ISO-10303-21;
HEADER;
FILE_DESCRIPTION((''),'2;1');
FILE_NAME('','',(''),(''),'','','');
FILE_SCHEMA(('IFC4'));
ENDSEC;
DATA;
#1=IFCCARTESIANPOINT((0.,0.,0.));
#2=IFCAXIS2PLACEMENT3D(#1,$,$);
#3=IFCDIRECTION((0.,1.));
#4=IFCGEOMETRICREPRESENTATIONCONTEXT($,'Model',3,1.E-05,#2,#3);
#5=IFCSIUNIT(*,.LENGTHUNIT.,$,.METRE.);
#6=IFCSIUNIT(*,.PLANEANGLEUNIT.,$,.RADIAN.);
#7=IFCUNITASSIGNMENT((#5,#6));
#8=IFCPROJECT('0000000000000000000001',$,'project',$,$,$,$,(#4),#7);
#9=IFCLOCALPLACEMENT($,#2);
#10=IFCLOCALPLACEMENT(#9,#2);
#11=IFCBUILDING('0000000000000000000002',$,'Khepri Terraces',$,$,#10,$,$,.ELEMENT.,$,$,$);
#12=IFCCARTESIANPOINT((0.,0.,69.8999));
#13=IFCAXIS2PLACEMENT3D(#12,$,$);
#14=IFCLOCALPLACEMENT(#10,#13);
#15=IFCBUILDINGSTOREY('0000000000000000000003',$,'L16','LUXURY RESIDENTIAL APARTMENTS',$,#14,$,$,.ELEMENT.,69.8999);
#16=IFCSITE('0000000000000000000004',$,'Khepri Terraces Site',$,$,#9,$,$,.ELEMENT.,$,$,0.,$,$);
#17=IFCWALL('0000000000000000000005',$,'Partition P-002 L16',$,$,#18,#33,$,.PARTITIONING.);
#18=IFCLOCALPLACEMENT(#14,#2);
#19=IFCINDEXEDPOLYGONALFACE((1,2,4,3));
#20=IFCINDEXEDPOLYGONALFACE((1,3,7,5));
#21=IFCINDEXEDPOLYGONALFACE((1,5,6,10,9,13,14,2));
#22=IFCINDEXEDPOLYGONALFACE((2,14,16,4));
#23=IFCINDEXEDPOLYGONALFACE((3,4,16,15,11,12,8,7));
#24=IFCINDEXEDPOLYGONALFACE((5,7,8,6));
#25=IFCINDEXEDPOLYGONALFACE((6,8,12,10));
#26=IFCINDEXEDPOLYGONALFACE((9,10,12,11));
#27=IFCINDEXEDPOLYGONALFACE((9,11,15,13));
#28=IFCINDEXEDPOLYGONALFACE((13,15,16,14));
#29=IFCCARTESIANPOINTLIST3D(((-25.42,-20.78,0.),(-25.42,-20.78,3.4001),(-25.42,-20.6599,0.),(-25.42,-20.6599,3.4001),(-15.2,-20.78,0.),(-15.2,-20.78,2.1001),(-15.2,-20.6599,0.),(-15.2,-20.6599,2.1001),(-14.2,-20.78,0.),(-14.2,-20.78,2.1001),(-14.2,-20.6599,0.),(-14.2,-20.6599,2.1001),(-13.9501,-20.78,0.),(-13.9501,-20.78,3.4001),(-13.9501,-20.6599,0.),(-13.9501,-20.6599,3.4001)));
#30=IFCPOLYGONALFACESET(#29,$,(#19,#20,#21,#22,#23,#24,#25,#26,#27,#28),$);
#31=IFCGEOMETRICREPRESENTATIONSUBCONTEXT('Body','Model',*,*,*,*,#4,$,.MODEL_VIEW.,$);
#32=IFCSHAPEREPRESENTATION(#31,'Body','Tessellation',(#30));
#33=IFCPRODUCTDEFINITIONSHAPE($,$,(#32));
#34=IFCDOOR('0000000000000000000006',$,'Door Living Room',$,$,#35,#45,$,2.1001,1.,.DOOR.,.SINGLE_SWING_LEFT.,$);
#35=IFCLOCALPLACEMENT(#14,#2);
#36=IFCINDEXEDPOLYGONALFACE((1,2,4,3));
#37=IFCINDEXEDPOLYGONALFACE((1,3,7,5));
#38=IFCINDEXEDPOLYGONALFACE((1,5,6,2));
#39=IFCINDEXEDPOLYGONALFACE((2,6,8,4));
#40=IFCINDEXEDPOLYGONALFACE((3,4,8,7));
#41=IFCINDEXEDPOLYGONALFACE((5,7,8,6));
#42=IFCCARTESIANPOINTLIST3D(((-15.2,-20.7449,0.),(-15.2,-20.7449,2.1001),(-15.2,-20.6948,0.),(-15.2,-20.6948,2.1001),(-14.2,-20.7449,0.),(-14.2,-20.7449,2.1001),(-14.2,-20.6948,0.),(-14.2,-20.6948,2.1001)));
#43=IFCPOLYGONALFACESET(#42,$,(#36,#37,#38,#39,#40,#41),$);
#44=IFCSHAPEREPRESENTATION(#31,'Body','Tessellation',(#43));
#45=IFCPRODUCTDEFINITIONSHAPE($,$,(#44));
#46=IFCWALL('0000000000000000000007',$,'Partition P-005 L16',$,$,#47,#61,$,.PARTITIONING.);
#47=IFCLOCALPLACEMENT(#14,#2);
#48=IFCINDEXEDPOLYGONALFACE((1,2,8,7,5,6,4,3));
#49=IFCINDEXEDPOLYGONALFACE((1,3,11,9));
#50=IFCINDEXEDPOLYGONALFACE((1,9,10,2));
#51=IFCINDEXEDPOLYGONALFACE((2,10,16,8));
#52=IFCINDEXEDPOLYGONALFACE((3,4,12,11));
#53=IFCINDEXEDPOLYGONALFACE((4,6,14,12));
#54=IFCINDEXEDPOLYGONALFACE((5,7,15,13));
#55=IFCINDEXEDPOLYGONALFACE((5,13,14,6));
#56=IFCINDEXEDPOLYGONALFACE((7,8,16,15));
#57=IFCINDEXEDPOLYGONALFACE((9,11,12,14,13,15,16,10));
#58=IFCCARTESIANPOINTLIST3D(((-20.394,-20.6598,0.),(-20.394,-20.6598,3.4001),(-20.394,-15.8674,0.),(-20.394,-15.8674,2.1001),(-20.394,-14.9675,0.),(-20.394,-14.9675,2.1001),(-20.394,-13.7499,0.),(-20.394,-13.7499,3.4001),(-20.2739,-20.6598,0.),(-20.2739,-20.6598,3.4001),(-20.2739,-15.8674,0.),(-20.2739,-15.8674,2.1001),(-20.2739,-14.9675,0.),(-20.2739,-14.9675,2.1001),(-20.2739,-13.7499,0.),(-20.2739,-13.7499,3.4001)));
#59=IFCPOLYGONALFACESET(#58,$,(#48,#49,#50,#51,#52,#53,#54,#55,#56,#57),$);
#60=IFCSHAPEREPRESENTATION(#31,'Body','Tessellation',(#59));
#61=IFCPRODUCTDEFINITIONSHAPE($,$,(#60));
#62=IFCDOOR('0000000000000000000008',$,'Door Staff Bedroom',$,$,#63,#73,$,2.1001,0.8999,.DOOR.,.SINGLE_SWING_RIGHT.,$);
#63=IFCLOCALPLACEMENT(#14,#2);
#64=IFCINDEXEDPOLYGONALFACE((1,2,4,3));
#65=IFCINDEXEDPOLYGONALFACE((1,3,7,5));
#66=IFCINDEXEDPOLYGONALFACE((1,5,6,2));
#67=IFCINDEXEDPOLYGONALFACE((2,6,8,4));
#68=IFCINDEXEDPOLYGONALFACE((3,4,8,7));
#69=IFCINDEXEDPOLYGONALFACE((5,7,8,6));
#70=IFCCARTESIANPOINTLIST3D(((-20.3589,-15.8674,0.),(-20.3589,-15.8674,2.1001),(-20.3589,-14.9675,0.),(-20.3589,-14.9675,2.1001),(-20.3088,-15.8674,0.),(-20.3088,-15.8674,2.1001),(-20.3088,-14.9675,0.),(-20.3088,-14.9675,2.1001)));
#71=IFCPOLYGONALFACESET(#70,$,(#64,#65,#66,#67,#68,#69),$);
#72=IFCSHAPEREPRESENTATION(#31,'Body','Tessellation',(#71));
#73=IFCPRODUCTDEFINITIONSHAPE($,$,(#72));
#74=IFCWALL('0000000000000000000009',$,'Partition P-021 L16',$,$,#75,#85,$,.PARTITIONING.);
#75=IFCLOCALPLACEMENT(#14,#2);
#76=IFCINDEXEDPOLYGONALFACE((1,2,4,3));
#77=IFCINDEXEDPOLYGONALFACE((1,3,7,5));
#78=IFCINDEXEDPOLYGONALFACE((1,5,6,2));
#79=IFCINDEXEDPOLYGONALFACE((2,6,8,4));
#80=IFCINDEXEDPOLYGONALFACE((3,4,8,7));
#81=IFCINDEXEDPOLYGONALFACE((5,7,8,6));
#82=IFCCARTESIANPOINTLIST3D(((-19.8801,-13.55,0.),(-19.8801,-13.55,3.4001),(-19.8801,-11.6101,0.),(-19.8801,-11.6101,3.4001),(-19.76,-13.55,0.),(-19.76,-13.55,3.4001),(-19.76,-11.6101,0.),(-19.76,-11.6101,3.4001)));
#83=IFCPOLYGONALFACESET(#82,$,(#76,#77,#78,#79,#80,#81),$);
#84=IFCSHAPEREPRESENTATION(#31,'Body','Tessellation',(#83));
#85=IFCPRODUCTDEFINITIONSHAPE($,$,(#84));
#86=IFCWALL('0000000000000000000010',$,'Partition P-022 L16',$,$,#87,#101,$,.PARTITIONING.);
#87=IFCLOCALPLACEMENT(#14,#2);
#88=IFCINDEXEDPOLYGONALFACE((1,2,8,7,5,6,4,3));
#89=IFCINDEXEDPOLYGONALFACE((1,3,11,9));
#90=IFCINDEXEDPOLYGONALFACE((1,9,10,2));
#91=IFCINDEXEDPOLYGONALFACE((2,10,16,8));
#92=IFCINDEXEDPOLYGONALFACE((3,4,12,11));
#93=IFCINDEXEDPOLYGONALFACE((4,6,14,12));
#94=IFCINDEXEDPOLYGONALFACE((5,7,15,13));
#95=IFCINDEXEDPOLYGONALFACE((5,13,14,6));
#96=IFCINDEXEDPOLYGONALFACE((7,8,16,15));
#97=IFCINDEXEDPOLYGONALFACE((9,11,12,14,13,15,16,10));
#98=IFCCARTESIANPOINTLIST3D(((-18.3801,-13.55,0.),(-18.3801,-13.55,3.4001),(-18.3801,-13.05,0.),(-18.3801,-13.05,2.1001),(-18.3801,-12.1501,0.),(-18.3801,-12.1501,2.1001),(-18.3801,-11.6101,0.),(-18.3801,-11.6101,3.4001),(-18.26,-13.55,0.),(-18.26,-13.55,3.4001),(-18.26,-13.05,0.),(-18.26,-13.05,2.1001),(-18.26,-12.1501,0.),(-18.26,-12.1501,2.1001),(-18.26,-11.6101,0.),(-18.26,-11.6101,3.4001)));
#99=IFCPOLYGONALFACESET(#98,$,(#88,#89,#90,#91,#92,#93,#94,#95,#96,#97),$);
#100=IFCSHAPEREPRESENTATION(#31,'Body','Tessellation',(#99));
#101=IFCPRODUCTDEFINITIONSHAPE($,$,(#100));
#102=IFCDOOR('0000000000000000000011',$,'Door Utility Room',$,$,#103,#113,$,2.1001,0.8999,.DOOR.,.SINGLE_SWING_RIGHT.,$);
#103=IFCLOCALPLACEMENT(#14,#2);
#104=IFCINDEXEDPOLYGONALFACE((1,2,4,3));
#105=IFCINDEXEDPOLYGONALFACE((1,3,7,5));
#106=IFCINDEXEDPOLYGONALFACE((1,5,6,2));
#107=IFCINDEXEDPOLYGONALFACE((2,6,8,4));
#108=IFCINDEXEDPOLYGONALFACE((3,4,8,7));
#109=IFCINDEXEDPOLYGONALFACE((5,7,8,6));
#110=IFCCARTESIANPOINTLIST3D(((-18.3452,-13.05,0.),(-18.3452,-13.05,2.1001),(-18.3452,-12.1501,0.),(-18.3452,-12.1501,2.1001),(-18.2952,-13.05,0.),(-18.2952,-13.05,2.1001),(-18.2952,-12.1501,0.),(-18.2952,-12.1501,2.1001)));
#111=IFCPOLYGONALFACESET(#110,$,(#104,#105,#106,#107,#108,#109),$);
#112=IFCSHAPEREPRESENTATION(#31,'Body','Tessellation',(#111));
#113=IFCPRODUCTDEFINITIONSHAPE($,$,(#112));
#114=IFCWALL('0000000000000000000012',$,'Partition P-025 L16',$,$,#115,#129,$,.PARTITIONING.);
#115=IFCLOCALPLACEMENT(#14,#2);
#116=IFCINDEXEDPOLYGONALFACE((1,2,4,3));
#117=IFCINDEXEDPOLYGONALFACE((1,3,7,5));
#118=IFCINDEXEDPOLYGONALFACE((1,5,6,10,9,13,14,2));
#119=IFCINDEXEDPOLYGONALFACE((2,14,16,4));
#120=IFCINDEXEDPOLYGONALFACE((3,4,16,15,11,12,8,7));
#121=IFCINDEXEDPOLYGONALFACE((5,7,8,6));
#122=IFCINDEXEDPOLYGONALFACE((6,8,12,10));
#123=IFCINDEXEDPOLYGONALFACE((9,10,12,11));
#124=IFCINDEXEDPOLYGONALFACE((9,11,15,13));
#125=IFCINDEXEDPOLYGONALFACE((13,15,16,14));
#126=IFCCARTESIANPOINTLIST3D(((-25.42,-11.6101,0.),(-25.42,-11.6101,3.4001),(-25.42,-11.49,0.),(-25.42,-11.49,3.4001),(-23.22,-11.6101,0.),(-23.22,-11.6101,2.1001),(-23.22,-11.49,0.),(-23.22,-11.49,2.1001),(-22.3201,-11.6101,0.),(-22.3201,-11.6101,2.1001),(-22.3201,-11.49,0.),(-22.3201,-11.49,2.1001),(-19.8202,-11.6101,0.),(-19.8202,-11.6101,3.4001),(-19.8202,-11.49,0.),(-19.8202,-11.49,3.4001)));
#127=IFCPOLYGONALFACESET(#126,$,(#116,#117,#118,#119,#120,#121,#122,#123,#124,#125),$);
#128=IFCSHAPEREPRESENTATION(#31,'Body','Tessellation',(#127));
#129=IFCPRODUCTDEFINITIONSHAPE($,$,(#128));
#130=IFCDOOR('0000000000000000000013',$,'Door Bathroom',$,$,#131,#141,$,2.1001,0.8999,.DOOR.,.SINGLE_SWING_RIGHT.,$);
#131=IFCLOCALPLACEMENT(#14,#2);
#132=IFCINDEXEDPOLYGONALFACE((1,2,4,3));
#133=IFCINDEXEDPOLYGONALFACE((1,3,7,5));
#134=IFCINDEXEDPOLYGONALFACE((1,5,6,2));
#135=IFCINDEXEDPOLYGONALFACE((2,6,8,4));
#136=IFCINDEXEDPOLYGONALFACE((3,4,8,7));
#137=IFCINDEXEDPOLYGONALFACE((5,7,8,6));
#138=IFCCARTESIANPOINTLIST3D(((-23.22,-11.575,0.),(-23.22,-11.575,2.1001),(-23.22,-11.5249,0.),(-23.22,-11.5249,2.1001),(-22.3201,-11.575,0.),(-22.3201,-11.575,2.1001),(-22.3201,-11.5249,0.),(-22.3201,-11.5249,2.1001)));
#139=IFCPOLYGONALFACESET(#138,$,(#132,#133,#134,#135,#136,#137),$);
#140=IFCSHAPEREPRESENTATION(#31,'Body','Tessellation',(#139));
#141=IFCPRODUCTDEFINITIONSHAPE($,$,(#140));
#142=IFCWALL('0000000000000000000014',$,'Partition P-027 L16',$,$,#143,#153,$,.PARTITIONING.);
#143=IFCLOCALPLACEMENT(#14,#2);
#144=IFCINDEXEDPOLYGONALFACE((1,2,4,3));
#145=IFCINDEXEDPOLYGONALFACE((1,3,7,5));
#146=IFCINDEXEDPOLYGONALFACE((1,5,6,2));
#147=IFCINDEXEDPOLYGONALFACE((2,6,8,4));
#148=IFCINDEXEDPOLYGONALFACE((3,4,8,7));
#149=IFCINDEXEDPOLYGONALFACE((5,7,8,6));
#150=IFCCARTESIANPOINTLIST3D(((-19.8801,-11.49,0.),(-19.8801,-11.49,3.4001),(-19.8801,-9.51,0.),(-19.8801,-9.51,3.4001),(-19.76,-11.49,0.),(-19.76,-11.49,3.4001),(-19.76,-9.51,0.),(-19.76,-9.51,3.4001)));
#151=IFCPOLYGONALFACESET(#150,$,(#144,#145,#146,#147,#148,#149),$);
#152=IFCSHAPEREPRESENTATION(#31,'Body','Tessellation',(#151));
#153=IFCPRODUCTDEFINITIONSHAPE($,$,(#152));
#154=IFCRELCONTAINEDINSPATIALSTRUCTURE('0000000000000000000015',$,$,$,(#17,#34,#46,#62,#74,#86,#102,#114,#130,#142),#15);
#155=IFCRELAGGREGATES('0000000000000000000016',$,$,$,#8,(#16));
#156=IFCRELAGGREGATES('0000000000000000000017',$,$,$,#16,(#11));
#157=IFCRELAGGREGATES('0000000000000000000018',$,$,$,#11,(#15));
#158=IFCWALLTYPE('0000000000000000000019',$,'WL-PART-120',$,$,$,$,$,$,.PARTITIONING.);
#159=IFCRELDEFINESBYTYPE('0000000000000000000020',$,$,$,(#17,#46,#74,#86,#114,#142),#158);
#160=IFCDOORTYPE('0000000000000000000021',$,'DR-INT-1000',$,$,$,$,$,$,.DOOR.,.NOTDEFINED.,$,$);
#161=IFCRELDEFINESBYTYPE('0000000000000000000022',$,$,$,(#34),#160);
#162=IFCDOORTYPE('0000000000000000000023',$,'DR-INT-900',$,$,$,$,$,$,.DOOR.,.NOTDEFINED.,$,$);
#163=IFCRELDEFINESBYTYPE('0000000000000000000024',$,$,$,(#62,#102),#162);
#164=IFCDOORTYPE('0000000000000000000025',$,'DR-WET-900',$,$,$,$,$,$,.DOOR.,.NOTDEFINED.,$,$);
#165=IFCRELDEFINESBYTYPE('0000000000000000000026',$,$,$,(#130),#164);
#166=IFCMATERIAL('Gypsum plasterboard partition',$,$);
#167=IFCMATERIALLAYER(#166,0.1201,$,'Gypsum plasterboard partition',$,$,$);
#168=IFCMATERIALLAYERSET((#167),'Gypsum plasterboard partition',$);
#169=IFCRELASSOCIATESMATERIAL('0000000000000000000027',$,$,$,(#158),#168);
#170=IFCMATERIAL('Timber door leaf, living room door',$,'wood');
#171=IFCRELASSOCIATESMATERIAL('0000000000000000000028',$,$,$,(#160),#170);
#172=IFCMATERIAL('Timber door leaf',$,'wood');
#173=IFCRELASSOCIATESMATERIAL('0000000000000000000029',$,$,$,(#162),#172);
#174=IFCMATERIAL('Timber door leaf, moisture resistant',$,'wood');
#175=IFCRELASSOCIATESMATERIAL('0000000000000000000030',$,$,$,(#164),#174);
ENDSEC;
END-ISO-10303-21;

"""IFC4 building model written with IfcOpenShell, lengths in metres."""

from ifc_helpers import new_model, si_unit, direction, frame, frame_2d, origin, place, context, subcontext, project, spatial, rectangle, extrude, material, layer, layer_set, type_object, element, fill, save


model = new_model("IFC4")

# Units and contexts
model_context = context("Model", 3, precision=1e-05, world=origin(), true_north=direction((0.0, 1.0)))
body_context = subcontext(model_context, "Body", "Model", "MODEL_VIEW")
ifc_project = project(units=[si_unit("LENGTHUNIT", "METRE"), si_unit("PLANEANGLEUNIT", "RADIAN")], contexts=[model_context])

# Site, building, storey
site_placement = place(None, origin())
site = spatial("IfcSite", under=ifc_project, at=site_placement, Name="Khepri Terraces Site", CompositionType="ELEMENT", RefElevation=0.0)
building_placement = place(site_placement, origin())
building = spatial("IfcBuilding", under=site, at=building_placement, Name="Khepri Terraces", CompositionType="ELEMENT")
storey_placement = place(building_placement, frame((0.0, 0.0, 69.8999)))
storey = spatial("IfcBuildingStorey", under=building, at=storey_placement, Name="L16", Description="LUXURY RESIDENTIAL APARTMENTS", CompositionType="ELEMENT", Elevation=69.8999)

# Walls, openings, doors
ifc_material_1 = material(Name="Gypsum plasterboard partition")
ifc_layer_1 = layer(ifc_material_1, 0.1201, Name="Gypsum plasterboard partition")
ifc_layer_set_1 = layer_set([ifc_layer_1], Name="Gypsum plasterboard partition")
wall_type_1 = type_object("IfcWallType", Name="WL-PART-120", PredefinedType="PARTITIONING", material=ifc_layer_set_1)
wall_1_placement = place(storey_placement, frame((-25.4199, -20.72, 0.0), z_axis=(0.0, 0.0, 1.0), x_axis=(1.0, 0.0, 0.0)))
wall_1 = element("IfcWall", 1, at=wall_1_placement, inside=storey, type_object=wall_type_1, Name="Partition P-002 L16", PredefinedType="PARTITIONING", context=body_context, shape_type="SweptSolid", body=[
    extrude(rectangle(XDim=11.47, YDim=0.1201, at=frame_2d((5.7349, 0.0))), origin(), (0.0, 0.0, 1.0), 3.4001),
])
opening_1_placement = place(wall_1_placement, frame((10.22, 0.0, 0.0)))
opening_1 = element("IfcOpeningElement", 2, at=opening_1_placement, cuts=wall_1, PredefinedType="OPENING", context=body_context, shape_type="SweptSolid", body=[
    extrude(rectangle(XDim=1.0, YDim=2.1001, at=frame_2d((0.5, 1.05))), frame((0.0, 0.0701, 0.0), z_axis=(0.0, -1.0, 0.0), x_axis=(1.0, 0.0, 0.0)), (0.0, 0.0, 1.0), 0.1401),
])
ifc_material_2 = material(Name="Timber door leaf, living room door", Category="wood")
door_type_1 = type_object("IfcDoorType", Name="DR-INT-1000", OperationType="NOTDEFINED", PredefinedType="DOOR", material=ifc_material_2)
door_1_placement = place(opening_1_placement, frame((1.0, 0.0, 0.0), z_axis=(0.0, 0.0, 1.0), x_axis=(-1.0, 0.0, 0.0)))
door_1 = element("IfcDoor", 3, at=door_1_placement, inside=storey, type_object=door_type_1, Name="Door Living Room", OperationType="SINGLE_SWING_LEFT", OverallHeight=2.1001, OverallWidth=1.0, PredefinedType="DOOR", context=body_context, shape_type="SweptSolid", body=[
    extrude(rectangle(XDim=1.0, YDim=2.1001, at=frame_2d((0.5, 1.05))), frame((0.0, 0.0249, 0.0), z_axis=(0.0, -1.0, 0.0), x_axis=(1.0, 0.0, 0.0)), (0.0, 0.0, 1.0), 0.05),
])
fill(opening_1, door_1)
wall_2_placement = place(storey_placement, frame((-20.334, -20.6599, 0.0), z_axis=(0.0, 0.0, 1.0), x_axis=(0.0, 1.0, 0.0)))
wall_2 = element("IfcWall", 4, at=wall_2_placement, inside=storey, type_object=wall_type_1, Name="Partition P-005 L16", PredefinedType="PARTITIONING", context=body_context, shape_type="SweptSolid", body=[
    extrude(rectangle(XDim=6.9099, YDim=0.1201, at=frame_2d((3.4551, 0.0))), origin(), (0.0, 0.0, 1.0), 3.4001),
])
opening_2_placement = place(wall_2_placement, frame((4.7925, 0.0, 0.0)))
opening_2 = element("IfcOpeningElement", 5, at=opening_2_placement, cuts=wall_2, PredefinedType="OPENING", context=body_context, shape_type="SweptSolid", body=[
    extrude(rectangle(XDim=0.8999, YDim=2.1001, at=frame_2d((0.45, 1.05))), frame((0.0, 0.0701, 0.0), z_axis=(0.0, -1.0, 0.0), x_axis=(1.0, 0.0, 0.0)), (0.0, 0.0, 1.0), 0.1401),
])
ifc_material_3 = material(Name="Timber door leaf", Category="wood")
door_type_2 = type_object("IfcDoorType", Name="DR-INT-900", OperationType="NOTDEFINED", PredefinedType="DOOR", material=ifc_material_3)
door_2_placement = place(opening_2_placement, origin())
door_2 = element("IfcDoor", 6, at=door_2_placement, inside=storey, type_object=door_type_2, Name="Door Staff Bedroom", OperationType="SINGLE_SWING_RIGHT", OverallHeight=2.1001, OverallWidth=0.8999, PredefinedType="DOOR", context=body_context, shape_type="SweptSolid", body=[
    extrude(rectangle(XDim=0.8999, YDim=2.1001, at=frame_2d((0.45, 1.05))), frame((0.0, 0.0249, 0.0), z_axis=(0.0, -1.0, 0.0), x_axis=(1.0, 0.0, 0.0)), (0.0, 0.0, 1.0), 0.05),
])
fill(opening_2, door_2)

# Wall
wall_3_placement = place(storey_placement, frame((-19.8201, -13.55, 0.0), z_axis=(0.0, 0.0, 1.0), x_axis=(0.0, 1.0, 0.0)))
element("IfcWall", 7, at=wall_3_placement, inside=storey, type_object=wall_type_1, Name="Partition P-021 L16", PredefinedType="PARTITIONING", context=body_context, shape_type="SweptSolid", body=[
    extrude(rectangle(XDim=1.9399, YDim=0.1201, at=frame_2d((0.97, 0.0))), origin(), (0.0, 0.0, 1.0), 3.4001),
])

# Walls, openings, doors
wall_4_placement = place(storey_placement, frame((-18.3201, -13.55, 0.0), z_axis=(0.0, 0.0, 1.0), x_axis=(0.0, 1.0, 0.0)))
wall_4 = element("IfcWall", 8, at=wall_4_placement, inside=storey, type_object=wall_type_1, Name="Partition P-022 L16", PredefinedType="PARTITIONING", context=body_context, shape_type="SweptSolid", body=[
    extrude(rectangle(XDim=1.9399, YDim=0.1201, at=frame_2d((0.97, 0.0))), origin(), (0.0, 0.0, 1.0), 3.4001),
])
opening_3_placement = place(wall_4_placement, frame((0.5, 0.0, 0.0)))
opening_3 = element("IfcOpeningElement", 9, at=opening_3_placement, cuts=wall_4, PredefinedType="OPENING", context=body_context, shape_type="SweptSolid", body=[
    extrude(rectangle(XDim=0.8999, YDim=2.1001, at=frame_2d((0.45, 1.05))), frame((0.0, 0.0701, 0.0), z_axis=(0.0, -1.0, 0.0), x_axis=(1.0, 0.0, 0.0)), (0.0, 0.0, 1.0), 0.1401),
])
door_3_placement = place(opening_3_placement, frame((0.8999, 0.0, 0.0), z_axis=(0.0, 0.0, 1.0), x_axis=(-1.0, 0.0, 0.0)))
door_3 = element("IfcDoor", 10, at=door_3_placement, inside=storey, type_object=door_type_2, Name="Door Utility Room", OperationType="SINGLE_SWING_RIGHT", OverallHeight=2.1001, OverallWidth=0.8999, PredefinedType="DOOR", context=body_context, shape_type="SweptSolid", body=[
    extrude(rectangle(XDim=0.8999, YDim=2.1001, at=frame_2d((0.45, 1.05))), frame((0.0, 0.0249, 0.0), z_axis=(0.0, -1.0, 0.0), x_axis=(1.0, 0.0, 0.0)), (0.0, 0.0, 1.0), 0.05),
])
fill(opening_3, door_3)
wall_5_placement = place(storey_placement, frame((-25.4199, -11.55, 0.0), z_axis=(0.0, 0.0, 1.0), x_axis=(1.0, 0.0, 0.0)))
wall_5 = element("IfcWall", 11, at=wall_5_placement, inside=storey, type_object=wall_type_1, Name="Partition P-025 L16", PredefinedType="PARTITIONING", context=body_context, shape_type="SweptSolid", body=[
    extrude(rectangle(XDim=5.5999, YDim=0.1201, at=frame_2d((2.7998, 0.0))), origin(), (0.0, 0.0, 1.0), 3.4001),
])
opening_4_placement = place(wall_5_placement, frame((2.2, 0.0, 0.0)))
opening_4 = element("IfcOpeningElement", 12, at=opening_4_placement, cuts=wall_5, PredefinedType="OPENING", context=body_context, shape_type="SweptSolid", body=[
    extrude(rectangle(XDim=0.8999, YDim=2.1001, at=frame_2d((0.45, 1.05))), frame((0.0, 0.0701, 0.0), z_axis=(0.0, -1.0, 0.0), x_axis=(1.0, 0.0, 0.0)), (0.0, 0.0, 1.0), 0.1401),
])
ifc_material_4 = material(Name="Timber door leaf, moisture resistant", Category="wood")
door_type_3 = type_object("IfcDoorType", Name="DR-WET-900", OperationType="NOTDEFINED", PredefinedType="DOOR", material=ifc_material_4)
door_4_placement = place(opening_4_placement, frame((0.8999, 0.0, 0.0), z_axis=(0.0, 0.0, 1.0), x_axis=(-1.0, 0.0, 0.0)))
door_4 = element("IfcDoor", 13, at=door_4_placement, inside=storey, type_object=door_type_3, Name="Door Bathroom", OperationType="SINGLE_SWING_RIGHT", OverallHeight=2.1001, OverallWidth=0.8999, PredefinedType="DOOR", context=body_context, shape_type="SweptSolid", body=[
    extrude(rectangle(XDim=0.8999, YDim=2.1001, at=frame_2d((0.45, 1.05))), frame((0.0, 0.0249, 0.0), z_axis=(0.0, -1.0, 0.0), x_axis=(1.0, 0.0, 0.0)), (0.0, 0.0, 1.0), 0.05),
])
fill(opening_4, door_4)

# Wall
wall_6_placement = place(storey_placement, frame((-19.8201, -11.49, 0.0), z_axis=(0.0, 0.0, 1.0), x_axis=(0.0, 1.0, 0.0)))
element("IfcWall", 14, at=wall_6_placement, inside=storey, type_object=wall_type_1, Name="Partition P-027 L16", PredefinedType="PARTITIONING", context=body_context, shape_type="SweptSolid", body=[
    extrude(rectangle(XDim=1.98, YDim=0.1201, at=frame_2d((0.99, 0.0))), origin(), (0.0, 0.0, 1.0), 3.4001),
])

save(model, "model.ifc")
